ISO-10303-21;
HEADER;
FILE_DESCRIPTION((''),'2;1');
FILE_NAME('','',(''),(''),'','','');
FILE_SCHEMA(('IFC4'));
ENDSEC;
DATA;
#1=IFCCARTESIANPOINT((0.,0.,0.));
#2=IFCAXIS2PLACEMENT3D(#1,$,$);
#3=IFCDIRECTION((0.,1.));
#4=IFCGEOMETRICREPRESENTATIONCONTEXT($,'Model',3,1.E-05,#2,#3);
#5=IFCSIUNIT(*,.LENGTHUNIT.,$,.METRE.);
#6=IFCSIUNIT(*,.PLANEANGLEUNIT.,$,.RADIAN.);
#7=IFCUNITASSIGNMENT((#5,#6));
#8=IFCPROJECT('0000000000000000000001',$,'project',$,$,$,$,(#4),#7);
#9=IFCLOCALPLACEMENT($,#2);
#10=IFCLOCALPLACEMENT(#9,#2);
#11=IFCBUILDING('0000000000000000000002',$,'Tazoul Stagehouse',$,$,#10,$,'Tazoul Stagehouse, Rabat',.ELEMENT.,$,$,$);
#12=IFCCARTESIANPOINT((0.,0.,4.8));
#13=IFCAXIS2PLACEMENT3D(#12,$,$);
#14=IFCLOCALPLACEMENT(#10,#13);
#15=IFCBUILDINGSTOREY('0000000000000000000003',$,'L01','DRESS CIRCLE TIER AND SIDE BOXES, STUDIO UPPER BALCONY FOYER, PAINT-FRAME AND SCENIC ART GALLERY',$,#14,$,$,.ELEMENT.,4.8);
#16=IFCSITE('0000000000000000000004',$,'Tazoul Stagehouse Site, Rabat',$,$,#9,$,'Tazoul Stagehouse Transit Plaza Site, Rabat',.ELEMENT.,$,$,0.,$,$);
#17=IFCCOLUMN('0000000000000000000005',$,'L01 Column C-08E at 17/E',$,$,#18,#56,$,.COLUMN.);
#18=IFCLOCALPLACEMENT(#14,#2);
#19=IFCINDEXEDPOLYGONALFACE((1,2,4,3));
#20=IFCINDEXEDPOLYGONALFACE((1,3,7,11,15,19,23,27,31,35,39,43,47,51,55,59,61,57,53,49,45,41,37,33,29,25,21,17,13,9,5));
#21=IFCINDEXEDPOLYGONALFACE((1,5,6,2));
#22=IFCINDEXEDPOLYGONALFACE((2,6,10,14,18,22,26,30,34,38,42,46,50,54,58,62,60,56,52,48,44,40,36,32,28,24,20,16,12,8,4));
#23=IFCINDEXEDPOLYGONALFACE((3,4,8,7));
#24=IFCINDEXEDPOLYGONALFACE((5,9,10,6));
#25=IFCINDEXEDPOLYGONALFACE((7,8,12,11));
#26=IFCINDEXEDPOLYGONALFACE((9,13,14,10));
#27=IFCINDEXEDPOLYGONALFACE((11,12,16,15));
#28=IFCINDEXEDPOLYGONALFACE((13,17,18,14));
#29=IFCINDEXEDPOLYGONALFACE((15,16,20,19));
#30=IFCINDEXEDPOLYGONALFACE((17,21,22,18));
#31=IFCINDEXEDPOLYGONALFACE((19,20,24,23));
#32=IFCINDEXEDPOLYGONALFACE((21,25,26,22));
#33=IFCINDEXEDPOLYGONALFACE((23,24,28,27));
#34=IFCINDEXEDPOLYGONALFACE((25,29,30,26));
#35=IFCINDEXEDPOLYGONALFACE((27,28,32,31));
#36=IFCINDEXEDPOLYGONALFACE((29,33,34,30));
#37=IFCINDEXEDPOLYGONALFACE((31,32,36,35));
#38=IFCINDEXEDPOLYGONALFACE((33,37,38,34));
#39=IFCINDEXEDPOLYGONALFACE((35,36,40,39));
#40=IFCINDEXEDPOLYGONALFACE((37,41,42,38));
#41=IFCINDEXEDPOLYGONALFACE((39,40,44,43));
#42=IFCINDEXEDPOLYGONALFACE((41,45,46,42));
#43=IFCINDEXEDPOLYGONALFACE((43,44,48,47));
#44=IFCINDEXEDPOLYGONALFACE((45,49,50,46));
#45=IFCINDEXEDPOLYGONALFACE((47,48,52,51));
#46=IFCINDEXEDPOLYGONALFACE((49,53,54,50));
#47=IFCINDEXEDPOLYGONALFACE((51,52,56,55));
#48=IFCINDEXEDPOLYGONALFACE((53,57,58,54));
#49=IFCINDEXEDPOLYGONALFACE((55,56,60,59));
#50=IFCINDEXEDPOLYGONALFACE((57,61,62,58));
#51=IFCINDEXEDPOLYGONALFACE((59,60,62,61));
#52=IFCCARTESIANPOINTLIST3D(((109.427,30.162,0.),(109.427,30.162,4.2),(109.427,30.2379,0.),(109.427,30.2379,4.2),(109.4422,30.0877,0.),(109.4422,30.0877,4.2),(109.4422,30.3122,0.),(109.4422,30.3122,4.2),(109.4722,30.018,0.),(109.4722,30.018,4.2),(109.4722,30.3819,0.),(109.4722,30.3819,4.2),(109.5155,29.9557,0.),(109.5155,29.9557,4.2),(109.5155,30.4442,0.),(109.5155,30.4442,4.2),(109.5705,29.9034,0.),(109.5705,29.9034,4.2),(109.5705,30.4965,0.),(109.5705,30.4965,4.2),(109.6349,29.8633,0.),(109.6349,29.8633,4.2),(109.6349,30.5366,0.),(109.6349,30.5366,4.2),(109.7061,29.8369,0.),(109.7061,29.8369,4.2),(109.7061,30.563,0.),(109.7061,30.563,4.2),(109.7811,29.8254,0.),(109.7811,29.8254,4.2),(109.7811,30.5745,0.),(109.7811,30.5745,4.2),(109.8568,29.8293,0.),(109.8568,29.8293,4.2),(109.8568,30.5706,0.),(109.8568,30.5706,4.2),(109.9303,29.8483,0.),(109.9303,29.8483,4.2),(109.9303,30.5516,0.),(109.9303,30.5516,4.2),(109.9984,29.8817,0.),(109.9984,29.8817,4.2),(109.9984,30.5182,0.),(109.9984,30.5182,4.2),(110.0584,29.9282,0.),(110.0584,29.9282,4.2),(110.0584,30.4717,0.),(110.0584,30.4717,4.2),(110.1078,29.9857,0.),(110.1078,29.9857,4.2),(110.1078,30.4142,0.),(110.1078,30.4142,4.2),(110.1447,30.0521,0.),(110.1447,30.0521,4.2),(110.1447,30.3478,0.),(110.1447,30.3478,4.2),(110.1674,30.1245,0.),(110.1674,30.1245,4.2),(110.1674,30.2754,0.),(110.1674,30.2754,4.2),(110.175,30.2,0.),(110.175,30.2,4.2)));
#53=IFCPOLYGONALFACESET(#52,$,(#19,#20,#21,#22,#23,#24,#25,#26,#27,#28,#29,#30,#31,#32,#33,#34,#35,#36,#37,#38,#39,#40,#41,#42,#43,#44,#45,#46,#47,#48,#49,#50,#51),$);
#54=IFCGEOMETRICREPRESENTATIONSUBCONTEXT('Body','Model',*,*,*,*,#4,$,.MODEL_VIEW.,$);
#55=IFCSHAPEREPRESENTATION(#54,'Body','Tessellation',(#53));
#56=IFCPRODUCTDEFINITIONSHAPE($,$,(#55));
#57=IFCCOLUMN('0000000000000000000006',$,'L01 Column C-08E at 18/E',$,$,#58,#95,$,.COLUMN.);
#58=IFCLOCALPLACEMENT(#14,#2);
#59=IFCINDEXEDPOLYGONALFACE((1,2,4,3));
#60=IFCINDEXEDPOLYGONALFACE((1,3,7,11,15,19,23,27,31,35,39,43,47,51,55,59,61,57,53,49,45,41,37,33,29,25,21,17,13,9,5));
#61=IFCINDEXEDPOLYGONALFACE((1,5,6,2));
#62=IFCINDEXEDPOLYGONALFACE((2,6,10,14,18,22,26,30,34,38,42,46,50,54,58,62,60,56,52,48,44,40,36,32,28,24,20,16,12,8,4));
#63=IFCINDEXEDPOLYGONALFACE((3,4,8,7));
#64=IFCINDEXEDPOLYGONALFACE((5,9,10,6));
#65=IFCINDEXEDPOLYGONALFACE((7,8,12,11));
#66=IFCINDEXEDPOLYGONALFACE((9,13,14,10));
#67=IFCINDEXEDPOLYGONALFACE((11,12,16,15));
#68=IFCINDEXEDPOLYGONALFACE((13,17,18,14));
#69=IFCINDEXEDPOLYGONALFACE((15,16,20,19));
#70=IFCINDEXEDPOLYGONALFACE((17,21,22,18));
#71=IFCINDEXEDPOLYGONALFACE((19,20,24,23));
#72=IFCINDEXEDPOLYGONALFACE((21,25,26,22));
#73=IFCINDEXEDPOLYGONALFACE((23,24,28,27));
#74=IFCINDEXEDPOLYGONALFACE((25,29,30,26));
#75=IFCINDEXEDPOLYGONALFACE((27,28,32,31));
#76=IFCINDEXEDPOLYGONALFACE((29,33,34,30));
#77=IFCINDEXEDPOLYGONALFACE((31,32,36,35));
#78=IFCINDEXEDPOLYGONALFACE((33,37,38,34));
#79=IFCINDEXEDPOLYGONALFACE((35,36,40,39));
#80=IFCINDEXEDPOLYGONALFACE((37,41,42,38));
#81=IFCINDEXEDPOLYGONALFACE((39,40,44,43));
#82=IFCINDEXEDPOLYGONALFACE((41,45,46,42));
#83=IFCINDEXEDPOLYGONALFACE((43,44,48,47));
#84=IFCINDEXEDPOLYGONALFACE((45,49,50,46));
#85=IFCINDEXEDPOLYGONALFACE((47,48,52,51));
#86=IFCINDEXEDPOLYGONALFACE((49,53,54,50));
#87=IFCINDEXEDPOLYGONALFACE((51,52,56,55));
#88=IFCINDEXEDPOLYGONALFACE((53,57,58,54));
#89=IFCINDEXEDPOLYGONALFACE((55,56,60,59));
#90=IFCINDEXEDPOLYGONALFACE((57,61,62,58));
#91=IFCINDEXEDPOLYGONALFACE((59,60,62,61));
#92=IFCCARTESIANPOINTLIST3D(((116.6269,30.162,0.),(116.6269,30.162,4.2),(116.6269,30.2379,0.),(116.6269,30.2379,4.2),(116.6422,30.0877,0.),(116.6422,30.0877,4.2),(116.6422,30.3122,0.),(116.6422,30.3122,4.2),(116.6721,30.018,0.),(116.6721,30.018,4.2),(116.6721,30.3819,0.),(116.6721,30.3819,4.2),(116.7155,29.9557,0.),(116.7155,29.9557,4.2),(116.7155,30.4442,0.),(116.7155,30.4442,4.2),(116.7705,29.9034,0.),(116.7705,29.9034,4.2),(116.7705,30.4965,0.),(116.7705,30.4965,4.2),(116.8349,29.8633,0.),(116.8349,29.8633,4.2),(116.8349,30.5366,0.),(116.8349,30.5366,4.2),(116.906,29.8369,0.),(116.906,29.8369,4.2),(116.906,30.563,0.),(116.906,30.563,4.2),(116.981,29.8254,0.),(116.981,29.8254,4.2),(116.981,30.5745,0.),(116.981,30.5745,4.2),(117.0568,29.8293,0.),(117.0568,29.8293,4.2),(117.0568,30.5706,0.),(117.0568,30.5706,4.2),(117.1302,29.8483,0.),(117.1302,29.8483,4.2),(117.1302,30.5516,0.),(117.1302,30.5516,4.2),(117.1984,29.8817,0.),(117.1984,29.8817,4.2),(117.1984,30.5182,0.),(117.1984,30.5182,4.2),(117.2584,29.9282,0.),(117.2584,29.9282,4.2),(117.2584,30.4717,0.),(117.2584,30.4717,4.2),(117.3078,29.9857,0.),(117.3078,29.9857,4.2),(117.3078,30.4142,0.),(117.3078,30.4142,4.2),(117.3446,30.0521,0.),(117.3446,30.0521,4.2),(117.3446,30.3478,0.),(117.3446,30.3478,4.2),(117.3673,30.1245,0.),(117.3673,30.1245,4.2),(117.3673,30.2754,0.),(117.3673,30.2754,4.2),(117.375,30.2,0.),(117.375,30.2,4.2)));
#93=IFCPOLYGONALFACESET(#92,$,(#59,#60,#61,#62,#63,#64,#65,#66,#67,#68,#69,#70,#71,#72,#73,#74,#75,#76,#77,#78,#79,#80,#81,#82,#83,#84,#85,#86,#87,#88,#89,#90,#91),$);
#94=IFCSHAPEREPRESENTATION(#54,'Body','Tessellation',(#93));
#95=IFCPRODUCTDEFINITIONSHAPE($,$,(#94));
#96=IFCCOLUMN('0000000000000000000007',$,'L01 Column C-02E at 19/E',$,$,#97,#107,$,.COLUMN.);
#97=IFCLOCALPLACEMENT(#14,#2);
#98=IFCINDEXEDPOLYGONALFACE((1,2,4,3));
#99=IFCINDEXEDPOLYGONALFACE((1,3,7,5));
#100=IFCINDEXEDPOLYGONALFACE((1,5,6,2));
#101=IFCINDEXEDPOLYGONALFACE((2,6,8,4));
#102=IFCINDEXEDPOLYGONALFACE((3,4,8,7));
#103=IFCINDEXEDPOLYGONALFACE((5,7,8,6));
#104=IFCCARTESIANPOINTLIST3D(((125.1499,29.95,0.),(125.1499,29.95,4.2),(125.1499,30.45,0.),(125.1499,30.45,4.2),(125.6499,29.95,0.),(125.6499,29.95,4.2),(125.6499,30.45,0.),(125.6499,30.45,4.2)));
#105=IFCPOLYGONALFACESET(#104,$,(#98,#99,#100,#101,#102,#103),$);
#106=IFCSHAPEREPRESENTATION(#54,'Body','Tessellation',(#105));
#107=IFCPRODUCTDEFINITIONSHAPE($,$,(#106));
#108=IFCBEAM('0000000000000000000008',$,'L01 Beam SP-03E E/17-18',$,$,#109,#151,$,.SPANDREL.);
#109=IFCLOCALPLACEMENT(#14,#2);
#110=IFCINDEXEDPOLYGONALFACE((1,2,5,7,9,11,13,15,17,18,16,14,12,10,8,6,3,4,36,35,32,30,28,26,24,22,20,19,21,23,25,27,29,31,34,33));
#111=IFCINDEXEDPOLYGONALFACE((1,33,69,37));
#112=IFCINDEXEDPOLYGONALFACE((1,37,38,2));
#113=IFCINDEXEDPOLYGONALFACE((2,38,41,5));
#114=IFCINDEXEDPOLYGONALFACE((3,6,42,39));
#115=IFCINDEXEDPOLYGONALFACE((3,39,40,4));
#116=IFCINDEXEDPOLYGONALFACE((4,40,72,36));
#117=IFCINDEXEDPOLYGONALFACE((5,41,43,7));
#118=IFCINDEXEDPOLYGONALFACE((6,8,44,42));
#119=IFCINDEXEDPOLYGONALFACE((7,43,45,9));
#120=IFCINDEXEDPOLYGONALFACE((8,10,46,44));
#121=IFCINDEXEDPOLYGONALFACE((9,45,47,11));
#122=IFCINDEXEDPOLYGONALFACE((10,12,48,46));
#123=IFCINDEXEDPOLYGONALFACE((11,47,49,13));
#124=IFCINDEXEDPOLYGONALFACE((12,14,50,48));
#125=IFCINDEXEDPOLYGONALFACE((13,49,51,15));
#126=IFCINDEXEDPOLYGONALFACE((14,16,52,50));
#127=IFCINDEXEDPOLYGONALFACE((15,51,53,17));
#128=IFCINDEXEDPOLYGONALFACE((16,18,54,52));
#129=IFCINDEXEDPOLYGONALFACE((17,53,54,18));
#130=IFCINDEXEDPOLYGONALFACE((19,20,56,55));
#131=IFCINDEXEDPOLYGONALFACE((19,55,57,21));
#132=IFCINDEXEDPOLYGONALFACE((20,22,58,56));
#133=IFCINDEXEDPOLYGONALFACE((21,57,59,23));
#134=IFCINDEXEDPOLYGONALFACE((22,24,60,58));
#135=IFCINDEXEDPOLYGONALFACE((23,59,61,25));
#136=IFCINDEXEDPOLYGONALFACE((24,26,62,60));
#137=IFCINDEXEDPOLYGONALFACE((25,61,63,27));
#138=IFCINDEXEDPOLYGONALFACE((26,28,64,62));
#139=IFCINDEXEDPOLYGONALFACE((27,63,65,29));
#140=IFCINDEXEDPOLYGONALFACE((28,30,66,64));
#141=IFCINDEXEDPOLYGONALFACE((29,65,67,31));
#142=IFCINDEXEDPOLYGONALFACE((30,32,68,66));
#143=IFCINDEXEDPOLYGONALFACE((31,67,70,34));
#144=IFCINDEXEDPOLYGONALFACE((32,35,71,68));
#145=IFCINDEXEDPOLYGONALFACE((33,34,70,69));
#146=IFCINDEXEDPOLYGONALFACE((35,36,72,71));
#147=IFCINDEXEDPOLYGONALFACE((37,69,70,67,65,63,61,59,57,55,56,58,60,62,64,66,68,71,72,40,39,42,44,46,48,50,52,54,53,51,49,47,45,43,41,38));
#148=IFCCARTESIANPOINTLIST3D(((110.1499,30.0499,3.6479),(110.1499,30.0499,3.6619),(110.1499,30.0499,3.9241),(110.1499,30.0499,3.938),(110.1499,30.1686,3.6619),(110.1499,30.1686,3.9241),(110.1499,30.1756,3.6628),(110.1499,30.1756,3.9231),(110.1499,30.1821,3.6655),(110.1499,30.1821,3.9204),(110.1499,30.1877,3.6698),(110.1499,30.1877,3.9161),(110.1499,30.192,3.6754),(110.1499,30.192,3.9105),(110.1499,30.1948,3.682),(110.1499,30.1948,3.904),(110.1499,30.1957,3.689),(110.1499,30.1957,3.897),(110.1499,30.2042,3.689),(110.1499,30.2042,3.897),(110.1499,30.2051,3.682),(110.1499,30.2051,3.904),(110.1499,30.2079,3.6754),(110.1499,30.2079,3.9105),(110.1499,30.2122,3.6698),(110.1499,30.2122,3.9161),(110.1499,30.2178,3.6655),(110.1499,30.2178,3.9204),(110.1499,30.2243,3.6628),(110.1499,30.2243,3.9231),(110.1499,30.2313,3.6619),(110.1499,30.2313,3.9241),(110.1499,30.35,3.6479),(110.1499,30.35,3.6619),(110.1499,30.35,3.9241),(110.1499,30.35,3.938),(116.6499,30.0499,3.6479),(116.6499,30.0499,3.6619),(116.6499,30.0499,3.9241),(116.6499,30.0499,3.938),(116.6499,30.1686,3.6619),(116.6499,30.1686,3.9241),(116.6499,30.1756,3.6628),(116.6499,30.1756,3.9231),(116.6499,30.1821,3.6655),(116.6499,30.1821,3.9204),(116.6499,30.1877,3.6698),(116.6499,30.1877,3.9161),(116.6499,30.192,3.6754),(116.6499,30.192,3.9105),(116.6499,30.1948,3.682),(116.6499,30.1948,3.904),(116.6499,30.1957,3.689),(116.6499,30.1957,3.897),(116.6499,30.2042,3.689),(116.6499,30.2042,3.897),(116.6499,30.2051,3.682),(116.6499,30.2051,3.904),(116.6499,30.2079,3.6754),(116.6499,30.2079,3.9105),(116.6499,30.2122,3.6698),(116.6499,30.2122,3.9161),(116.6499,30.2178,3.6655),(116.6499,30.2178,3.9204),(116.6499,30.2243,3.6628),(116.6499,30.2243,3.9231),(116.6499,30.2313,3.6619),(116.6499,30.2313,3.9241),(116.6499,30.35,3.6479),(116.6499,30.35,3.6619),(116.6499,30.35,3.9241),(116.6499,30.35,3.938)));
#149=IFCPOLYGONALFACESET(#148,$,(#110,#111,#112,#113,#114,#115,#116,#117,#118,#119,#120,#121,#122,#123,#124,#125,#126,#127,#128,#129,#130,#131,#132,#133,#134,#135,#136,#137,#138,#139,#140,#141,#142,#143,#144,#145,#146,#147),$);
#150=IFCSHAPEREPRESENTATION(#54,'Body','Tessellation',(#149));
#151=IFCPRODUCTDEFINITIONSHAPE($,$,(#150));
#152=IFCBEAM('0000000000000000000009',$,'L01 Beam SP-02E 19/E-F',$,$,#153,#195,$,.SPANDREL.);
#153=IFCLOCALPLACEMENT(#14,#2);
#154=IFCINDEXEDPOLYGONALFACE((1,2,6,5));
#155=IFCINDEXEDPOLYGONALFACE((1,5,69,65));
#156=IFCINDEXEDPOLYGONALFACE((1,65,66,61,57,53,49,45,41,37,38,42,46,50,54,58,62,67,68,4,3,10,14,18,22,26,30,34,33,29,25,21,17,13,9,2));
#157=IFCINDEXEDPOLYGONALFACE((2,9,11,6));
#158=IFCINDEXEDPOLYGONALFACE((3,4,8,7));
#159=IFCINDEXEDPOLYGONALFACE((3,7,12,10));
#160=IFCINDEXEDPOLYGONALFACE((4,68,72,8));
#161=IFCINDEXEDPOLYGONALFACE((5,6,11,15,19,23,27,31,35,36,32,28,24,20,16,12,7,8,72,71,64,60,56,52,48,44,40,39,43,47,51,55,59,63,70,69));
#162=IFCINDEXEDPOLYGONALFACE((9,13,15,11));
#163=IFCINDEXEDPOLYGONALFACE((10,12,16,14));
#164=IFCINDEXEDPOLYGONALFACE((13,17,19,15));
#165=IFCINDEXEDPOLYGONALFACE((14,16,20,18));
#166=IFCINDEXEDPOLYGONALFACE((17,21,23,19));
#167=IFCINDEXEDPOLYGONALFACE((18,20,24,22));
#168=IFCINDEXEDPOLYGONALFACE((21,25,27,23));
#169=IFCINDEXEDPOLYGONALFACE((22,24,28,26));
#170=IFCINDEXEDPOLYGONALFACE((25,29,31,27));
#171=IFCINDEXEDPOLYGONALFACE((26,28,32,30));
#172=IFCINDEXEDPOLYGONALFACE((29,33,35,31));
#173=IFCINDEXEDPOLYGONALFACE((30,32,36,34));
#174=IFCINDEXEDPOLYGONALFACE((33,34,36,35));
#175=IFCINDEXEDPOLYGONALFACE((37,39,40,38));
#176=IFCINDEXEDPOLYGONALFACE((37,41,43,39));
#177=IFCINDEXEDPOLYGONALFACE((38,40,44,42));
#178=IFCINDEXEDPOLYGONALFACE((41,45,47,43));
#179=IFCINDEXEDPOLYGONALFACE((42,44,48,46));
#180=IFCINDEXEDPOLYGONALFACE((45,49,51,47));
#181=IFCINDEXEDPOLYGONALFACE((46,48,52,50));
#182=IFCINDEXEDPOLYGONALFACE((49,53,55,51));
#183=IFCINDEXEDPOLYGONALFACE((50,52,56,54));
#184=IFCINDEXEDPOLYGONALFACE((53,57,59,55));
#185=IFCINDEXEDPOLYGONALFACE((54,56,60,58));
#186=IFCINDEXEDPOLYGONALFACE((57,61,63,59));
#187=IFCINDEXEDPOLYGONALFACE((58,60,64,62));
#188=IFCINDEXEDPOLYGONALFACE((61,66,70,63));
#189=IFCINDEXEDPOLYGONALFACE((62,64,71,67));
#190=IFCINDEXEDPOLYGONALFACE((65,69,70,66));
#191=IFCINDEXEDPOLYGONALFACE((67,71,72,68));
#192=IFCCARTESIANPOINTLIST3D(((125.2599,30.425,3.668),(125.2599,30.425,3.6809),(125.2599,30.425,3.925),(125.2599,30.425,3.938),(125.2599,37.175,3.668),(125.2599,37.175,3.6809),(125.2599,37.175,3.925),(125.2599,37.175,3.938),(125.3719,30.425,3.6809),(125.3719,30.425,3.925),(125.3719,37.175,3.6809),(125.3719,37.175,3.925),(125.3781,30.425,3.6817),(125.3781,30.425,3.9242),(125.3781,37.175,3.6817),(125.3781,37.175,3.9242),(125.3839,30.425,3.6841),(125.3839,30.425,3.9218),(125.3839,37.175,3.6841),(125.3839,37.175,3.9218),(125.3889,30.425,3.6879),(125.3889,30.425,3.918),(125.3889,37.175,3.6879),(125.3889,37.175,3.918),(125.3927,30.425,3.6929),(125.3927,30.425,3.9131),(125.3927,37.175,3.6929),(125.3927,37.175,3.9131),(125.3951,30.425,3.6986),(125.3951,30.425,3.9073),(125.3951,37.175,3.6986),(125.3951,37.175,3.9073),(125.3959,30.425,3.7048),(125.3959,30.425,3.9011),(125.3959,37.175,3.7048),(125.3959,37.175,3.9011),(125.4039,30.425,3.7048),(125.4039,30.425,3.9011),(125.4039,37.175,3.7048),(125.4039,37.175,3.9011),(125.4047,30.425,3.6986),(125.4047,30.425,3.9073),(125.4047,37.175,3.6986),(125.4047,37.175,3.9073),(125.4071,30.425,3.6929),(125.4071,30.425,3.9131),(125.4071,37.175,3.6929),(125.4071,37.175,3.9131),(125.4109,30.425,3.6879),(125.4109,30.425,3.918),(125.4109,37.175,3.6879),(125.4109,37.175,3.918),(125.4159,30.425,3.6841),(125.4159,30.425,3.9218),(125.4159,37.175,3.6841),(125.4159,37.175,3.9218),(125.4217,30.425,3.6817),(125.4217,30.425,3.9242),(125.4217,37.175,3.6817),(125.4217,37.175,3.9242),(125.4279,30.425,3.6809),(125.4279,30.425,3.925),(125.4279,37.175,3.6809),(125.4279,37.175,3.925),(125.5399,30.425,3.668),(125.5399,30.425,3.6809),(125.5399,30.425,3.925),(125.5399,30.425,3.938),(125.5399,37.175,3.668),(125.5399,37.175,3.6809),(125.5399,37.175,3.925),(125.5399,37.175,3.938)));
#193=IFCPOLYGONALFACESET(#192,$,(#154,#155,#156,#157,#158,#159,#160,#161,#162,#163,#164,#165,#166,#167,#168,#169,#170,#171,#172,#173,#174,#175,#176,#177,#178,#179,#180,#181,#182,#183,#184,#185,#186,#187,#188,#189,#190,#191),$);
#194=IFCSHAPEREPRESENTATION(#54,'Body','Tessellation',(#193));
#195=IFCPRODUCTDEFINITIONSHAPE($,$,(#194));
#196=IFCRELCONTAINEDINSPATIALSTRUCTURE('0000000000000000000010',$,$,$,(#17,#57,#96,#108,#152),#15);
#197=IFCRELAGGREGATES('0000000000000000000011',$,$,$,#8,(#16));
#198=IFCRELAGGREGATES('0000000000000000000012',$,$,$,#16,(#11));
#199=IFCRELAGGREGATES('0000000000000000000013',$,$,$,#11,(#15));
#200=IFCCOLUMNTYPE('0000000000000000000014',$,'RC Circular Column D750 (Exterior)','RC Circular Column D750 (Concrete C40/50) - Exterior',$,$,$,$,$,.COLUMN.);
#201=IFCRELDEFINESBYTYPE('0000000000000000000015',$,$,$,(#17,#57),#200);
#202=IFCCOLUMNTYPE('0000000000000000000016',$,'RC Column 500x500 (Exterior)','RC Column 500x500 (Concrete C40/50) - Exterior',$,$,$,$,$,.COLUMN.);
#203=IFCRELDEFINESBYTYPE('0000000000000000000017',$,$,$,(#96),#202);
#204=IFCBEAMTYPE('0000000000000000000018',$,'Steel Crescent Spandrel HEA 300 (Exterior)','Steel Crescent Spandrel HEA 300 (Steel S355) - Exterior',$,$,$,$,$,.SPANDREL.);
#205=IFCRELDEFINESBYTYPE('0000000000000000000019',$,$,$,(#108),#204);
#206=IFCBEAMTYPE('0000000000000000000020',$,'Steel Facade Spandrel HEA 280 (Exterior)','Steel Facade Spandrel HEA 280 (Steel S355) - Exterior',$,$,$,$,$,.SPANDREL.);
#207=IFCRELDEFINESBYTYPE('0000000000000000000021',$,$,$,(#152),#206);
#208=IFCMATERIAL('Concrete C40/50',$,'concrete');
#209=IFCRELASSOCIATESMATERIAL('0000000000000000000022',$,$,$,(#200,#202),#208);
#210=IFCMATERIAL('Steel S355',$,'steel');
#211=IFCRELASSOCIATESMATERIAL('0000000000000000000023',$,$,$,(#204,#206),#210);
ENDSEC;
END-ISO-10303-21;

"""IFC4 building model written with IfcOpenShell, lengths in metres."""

from ifc_helpers import new_model, si_unit, direction, frame, origin, origin_2d, place, context, subcontext, project, spatial, rectangle, circle, i_section, extrude, material, material_profile, profile_set, type_object, element, save


model = new_model("IFC4")

# Units and contexts
model_context = context("Model", 3, precision=1e-05, world=origin(), true_north=direction((0.0, 1.0)))
body_context = subcontext(model_context, "Body", "Model", "MODEL_VIEW")
ifc_project = project(units=[si_unit("LENGTHUNIT", "METRE"), si_unit("PLANEANGLEUNIT", "RADIAN")], contexts=[model_context])

# Site, building, storey
site_placement = place(None, origin())
site = spatial("IfcSite", under=ifc_project, at=site_placement, Name="Tazoul Stagehouse Site, Rabat", LongName="Tazoul Stagehouse Transit Plaza Site, Rabat", CompositionType="ELEMENT", RefElevation=0.0)
building_placement = place(site_placement, origin())
building = spatial("IfcBuilding", under=site, at=building_placement, Name="Tazoul Stagehouse", LongName="Tazoul Stagehouse, Rabat", CompositionType="ELEMENT")
storey_placement = place(building_placement, frame((0.0, 0.0, 4.8)))
storey = spatial("IfcBuildingStorey", under=building, at=storey_placement, Name="L01", Description="DRESS CIRCLE TIER AND SIDE BOXES, STUDIO UPPER BALCONY FOYER, PAINT-FRAME AND SCENIC ART GALLERY", CompositionType="ELEMENT", Elevation=4.8)

# Columns
ifc_material_1 = material(Name="Concrete C40/50", Category="concrete")
ifc_material_profile_1 = material_profile(ifc_material_1, circle(Radius=0.375, at=origin_2d()), Name="RC D750")
ifc_profile_set_1 = profile_set([ifc_material_profile_1], Name="Concrete C40/50")
column_type_1 = type_object("IfcColumnType", Name="RC Circular Column D750 (Exterior)", Description="RC Circular Column D750 (Concrete C40/50) - Exterior", PredefinedType="COLUMN", material=ifc_profile_set_1)
for number, where, z_axis, x_axis, name in (
    (1, (109.8, 30.2, 0.0), (0.0, 0.0, 1.0), (1.0, 0.0, 0.0), "L01 Column C-08E at 17/E"),
    (2, (117.0, 30.2, 0.0), (0.0, 0.0, 1.0), (1.0, 0.0, 0.0), "L01 Column C-08E at 18/E"),
):
    element("IfcColumn", number, at=place(storey_placement, frame(where, z_axis=z_axis, x_axis=x_axis)), inside=storey, type_object=column_type_1, Name=name, PredefinedType="COLUMN", context=body_context, shape_type="SweptSolid", body=[
        extrude(circle(Radius=0.375, at=origin_2d()), origin(), (0.0, 0.0, 1.0), 4.2),
    ])
ifc_material_profile_2 = material_profile(ifc_material_1, rectangle(XDim=0.5, YDim=0.5, at=origin_2d()), Name="RC 500x500")
ifc_profile_set_2 = profile_set([ifc_material_profile_2], Name="Concrete C40/50")
column_type_2 = type_object("IfcColumnType", Name="RC Column 500x500 (Exterior)", Description="RC Column 500x500 (Concrete C40/50) - Exterior", PredefinedType="COLUMN", material=ifc_profile_set_2)
column_placement = place(storey_placement, frame((125.3999, 30.2, 0.0), z_axis=(0.0, 0.0, 1.0), x_axis=(1.0, 0.0, 0.0)))
element("IfcColumn", 3, at=column_placement, inside=storey, type_object=column_type_2, Name="L01 Column C-02E at 19/E", PredefinedType="COLUMN", context=body_context, shape_type="SweptSolid", body=[
    extrude(rectangle(XDim=0.5, YDim=0.5, at=origin_2d()), origin(), (0.0, 0.0, 1.0), 4.2),
])

# Beams
ifc_material_2 = material(Name="Steel S355", Category="steel")
ifc_material_profile_3 = material_profile(ifc_material_2, i_section(OverallWidth=0.3, OverallDepth=0.29, WebThickness=0.0085, FlangeThickness=0.0139, FilletRadius=0.0271, at=origin_2d()), Name="HEA 300")
ifc_profile_set_3 = profile_set([ifc_material_profile_3], Name="Steel S355")
beam_type_1 = type_object("IfcBeamType", Name="Steel Crescent Spandrel HEA 300 (Exterior)", Description="Steel Crescent Spandrel HEA 300 (Steel S355) - Exterior", PredefinedType="SPANDREL", material=ifc_profile_set_3)
beam_1_placement = place(storey_placement, frame((110.1499, 30.2, 3.793), z_axis=(1.0, 0.0, 0.0), x_axis=(0.0, 1.0, 0.0)))
element("IfcBeam", 4, at=beam_1_placement, inside=storey, type_object=beam_type_1, Name="L01 Beam SP-03E E/17-18", PredefinedType="SPANDREL", context=body_context, shape_type="SweptSolid", body=[
    extrude(i_section(OverallWidth=0.3, OverallDepth=0.29, WebThickness=0.0085, FlangeThickness=0.0139, FilletRadius=0.0271, at=origin_2d()), origin(), (0.0, 0.0, 1.0), 6.5),
])
ifc_material_profile_4 = material_profile(ifc_material_2, i_section(OverallWidth=0.28, OverallDepth=0.27, WebThickness=0.0081, FlangeThickness=0.0129, FilletRadius=0.0239, at=origin_2d()), Name="HEA 280")
ifc_profile_set_4 = profile_set([ifc_material_profile_4], Name="Steel S355")
beam_type_2 = type_object("IfcBeamType", Name="Steel Facade Spandrel HEA 280 (Exterior)", Description="Steel Facade Spandrel HEA 280 (Steel S355) - Exterior", PredefinedType="SPANDREL", material=ifc_profile_set_4)
beam_2_placement = place(storey_placement, frame((125.3999, 30.425, 3.803), z_axis=(0.0, 1.0, 0.0), x_axis=(-1.0, 0.0, 0.0)))
element("IfcBeam", 5, at=beam_2_placement, inside=storey, type_object=beam_type_2, Name="L01 Beam SP-02E 19/E-F", PredefinedType="SPANDREL", context=body_context, shape_type="SweptSolid", body=[
    extrude(i_section(OverallWidth=0.28, OverallDepth=0.27, WebThickness=0.0081, FlangeThickness=0.0129, FilletRadius=0.0239, at=origin_2d()), origin(), (0.0, 0.0, 1.0), 6.75),
])

save(model, "model.ifc")
